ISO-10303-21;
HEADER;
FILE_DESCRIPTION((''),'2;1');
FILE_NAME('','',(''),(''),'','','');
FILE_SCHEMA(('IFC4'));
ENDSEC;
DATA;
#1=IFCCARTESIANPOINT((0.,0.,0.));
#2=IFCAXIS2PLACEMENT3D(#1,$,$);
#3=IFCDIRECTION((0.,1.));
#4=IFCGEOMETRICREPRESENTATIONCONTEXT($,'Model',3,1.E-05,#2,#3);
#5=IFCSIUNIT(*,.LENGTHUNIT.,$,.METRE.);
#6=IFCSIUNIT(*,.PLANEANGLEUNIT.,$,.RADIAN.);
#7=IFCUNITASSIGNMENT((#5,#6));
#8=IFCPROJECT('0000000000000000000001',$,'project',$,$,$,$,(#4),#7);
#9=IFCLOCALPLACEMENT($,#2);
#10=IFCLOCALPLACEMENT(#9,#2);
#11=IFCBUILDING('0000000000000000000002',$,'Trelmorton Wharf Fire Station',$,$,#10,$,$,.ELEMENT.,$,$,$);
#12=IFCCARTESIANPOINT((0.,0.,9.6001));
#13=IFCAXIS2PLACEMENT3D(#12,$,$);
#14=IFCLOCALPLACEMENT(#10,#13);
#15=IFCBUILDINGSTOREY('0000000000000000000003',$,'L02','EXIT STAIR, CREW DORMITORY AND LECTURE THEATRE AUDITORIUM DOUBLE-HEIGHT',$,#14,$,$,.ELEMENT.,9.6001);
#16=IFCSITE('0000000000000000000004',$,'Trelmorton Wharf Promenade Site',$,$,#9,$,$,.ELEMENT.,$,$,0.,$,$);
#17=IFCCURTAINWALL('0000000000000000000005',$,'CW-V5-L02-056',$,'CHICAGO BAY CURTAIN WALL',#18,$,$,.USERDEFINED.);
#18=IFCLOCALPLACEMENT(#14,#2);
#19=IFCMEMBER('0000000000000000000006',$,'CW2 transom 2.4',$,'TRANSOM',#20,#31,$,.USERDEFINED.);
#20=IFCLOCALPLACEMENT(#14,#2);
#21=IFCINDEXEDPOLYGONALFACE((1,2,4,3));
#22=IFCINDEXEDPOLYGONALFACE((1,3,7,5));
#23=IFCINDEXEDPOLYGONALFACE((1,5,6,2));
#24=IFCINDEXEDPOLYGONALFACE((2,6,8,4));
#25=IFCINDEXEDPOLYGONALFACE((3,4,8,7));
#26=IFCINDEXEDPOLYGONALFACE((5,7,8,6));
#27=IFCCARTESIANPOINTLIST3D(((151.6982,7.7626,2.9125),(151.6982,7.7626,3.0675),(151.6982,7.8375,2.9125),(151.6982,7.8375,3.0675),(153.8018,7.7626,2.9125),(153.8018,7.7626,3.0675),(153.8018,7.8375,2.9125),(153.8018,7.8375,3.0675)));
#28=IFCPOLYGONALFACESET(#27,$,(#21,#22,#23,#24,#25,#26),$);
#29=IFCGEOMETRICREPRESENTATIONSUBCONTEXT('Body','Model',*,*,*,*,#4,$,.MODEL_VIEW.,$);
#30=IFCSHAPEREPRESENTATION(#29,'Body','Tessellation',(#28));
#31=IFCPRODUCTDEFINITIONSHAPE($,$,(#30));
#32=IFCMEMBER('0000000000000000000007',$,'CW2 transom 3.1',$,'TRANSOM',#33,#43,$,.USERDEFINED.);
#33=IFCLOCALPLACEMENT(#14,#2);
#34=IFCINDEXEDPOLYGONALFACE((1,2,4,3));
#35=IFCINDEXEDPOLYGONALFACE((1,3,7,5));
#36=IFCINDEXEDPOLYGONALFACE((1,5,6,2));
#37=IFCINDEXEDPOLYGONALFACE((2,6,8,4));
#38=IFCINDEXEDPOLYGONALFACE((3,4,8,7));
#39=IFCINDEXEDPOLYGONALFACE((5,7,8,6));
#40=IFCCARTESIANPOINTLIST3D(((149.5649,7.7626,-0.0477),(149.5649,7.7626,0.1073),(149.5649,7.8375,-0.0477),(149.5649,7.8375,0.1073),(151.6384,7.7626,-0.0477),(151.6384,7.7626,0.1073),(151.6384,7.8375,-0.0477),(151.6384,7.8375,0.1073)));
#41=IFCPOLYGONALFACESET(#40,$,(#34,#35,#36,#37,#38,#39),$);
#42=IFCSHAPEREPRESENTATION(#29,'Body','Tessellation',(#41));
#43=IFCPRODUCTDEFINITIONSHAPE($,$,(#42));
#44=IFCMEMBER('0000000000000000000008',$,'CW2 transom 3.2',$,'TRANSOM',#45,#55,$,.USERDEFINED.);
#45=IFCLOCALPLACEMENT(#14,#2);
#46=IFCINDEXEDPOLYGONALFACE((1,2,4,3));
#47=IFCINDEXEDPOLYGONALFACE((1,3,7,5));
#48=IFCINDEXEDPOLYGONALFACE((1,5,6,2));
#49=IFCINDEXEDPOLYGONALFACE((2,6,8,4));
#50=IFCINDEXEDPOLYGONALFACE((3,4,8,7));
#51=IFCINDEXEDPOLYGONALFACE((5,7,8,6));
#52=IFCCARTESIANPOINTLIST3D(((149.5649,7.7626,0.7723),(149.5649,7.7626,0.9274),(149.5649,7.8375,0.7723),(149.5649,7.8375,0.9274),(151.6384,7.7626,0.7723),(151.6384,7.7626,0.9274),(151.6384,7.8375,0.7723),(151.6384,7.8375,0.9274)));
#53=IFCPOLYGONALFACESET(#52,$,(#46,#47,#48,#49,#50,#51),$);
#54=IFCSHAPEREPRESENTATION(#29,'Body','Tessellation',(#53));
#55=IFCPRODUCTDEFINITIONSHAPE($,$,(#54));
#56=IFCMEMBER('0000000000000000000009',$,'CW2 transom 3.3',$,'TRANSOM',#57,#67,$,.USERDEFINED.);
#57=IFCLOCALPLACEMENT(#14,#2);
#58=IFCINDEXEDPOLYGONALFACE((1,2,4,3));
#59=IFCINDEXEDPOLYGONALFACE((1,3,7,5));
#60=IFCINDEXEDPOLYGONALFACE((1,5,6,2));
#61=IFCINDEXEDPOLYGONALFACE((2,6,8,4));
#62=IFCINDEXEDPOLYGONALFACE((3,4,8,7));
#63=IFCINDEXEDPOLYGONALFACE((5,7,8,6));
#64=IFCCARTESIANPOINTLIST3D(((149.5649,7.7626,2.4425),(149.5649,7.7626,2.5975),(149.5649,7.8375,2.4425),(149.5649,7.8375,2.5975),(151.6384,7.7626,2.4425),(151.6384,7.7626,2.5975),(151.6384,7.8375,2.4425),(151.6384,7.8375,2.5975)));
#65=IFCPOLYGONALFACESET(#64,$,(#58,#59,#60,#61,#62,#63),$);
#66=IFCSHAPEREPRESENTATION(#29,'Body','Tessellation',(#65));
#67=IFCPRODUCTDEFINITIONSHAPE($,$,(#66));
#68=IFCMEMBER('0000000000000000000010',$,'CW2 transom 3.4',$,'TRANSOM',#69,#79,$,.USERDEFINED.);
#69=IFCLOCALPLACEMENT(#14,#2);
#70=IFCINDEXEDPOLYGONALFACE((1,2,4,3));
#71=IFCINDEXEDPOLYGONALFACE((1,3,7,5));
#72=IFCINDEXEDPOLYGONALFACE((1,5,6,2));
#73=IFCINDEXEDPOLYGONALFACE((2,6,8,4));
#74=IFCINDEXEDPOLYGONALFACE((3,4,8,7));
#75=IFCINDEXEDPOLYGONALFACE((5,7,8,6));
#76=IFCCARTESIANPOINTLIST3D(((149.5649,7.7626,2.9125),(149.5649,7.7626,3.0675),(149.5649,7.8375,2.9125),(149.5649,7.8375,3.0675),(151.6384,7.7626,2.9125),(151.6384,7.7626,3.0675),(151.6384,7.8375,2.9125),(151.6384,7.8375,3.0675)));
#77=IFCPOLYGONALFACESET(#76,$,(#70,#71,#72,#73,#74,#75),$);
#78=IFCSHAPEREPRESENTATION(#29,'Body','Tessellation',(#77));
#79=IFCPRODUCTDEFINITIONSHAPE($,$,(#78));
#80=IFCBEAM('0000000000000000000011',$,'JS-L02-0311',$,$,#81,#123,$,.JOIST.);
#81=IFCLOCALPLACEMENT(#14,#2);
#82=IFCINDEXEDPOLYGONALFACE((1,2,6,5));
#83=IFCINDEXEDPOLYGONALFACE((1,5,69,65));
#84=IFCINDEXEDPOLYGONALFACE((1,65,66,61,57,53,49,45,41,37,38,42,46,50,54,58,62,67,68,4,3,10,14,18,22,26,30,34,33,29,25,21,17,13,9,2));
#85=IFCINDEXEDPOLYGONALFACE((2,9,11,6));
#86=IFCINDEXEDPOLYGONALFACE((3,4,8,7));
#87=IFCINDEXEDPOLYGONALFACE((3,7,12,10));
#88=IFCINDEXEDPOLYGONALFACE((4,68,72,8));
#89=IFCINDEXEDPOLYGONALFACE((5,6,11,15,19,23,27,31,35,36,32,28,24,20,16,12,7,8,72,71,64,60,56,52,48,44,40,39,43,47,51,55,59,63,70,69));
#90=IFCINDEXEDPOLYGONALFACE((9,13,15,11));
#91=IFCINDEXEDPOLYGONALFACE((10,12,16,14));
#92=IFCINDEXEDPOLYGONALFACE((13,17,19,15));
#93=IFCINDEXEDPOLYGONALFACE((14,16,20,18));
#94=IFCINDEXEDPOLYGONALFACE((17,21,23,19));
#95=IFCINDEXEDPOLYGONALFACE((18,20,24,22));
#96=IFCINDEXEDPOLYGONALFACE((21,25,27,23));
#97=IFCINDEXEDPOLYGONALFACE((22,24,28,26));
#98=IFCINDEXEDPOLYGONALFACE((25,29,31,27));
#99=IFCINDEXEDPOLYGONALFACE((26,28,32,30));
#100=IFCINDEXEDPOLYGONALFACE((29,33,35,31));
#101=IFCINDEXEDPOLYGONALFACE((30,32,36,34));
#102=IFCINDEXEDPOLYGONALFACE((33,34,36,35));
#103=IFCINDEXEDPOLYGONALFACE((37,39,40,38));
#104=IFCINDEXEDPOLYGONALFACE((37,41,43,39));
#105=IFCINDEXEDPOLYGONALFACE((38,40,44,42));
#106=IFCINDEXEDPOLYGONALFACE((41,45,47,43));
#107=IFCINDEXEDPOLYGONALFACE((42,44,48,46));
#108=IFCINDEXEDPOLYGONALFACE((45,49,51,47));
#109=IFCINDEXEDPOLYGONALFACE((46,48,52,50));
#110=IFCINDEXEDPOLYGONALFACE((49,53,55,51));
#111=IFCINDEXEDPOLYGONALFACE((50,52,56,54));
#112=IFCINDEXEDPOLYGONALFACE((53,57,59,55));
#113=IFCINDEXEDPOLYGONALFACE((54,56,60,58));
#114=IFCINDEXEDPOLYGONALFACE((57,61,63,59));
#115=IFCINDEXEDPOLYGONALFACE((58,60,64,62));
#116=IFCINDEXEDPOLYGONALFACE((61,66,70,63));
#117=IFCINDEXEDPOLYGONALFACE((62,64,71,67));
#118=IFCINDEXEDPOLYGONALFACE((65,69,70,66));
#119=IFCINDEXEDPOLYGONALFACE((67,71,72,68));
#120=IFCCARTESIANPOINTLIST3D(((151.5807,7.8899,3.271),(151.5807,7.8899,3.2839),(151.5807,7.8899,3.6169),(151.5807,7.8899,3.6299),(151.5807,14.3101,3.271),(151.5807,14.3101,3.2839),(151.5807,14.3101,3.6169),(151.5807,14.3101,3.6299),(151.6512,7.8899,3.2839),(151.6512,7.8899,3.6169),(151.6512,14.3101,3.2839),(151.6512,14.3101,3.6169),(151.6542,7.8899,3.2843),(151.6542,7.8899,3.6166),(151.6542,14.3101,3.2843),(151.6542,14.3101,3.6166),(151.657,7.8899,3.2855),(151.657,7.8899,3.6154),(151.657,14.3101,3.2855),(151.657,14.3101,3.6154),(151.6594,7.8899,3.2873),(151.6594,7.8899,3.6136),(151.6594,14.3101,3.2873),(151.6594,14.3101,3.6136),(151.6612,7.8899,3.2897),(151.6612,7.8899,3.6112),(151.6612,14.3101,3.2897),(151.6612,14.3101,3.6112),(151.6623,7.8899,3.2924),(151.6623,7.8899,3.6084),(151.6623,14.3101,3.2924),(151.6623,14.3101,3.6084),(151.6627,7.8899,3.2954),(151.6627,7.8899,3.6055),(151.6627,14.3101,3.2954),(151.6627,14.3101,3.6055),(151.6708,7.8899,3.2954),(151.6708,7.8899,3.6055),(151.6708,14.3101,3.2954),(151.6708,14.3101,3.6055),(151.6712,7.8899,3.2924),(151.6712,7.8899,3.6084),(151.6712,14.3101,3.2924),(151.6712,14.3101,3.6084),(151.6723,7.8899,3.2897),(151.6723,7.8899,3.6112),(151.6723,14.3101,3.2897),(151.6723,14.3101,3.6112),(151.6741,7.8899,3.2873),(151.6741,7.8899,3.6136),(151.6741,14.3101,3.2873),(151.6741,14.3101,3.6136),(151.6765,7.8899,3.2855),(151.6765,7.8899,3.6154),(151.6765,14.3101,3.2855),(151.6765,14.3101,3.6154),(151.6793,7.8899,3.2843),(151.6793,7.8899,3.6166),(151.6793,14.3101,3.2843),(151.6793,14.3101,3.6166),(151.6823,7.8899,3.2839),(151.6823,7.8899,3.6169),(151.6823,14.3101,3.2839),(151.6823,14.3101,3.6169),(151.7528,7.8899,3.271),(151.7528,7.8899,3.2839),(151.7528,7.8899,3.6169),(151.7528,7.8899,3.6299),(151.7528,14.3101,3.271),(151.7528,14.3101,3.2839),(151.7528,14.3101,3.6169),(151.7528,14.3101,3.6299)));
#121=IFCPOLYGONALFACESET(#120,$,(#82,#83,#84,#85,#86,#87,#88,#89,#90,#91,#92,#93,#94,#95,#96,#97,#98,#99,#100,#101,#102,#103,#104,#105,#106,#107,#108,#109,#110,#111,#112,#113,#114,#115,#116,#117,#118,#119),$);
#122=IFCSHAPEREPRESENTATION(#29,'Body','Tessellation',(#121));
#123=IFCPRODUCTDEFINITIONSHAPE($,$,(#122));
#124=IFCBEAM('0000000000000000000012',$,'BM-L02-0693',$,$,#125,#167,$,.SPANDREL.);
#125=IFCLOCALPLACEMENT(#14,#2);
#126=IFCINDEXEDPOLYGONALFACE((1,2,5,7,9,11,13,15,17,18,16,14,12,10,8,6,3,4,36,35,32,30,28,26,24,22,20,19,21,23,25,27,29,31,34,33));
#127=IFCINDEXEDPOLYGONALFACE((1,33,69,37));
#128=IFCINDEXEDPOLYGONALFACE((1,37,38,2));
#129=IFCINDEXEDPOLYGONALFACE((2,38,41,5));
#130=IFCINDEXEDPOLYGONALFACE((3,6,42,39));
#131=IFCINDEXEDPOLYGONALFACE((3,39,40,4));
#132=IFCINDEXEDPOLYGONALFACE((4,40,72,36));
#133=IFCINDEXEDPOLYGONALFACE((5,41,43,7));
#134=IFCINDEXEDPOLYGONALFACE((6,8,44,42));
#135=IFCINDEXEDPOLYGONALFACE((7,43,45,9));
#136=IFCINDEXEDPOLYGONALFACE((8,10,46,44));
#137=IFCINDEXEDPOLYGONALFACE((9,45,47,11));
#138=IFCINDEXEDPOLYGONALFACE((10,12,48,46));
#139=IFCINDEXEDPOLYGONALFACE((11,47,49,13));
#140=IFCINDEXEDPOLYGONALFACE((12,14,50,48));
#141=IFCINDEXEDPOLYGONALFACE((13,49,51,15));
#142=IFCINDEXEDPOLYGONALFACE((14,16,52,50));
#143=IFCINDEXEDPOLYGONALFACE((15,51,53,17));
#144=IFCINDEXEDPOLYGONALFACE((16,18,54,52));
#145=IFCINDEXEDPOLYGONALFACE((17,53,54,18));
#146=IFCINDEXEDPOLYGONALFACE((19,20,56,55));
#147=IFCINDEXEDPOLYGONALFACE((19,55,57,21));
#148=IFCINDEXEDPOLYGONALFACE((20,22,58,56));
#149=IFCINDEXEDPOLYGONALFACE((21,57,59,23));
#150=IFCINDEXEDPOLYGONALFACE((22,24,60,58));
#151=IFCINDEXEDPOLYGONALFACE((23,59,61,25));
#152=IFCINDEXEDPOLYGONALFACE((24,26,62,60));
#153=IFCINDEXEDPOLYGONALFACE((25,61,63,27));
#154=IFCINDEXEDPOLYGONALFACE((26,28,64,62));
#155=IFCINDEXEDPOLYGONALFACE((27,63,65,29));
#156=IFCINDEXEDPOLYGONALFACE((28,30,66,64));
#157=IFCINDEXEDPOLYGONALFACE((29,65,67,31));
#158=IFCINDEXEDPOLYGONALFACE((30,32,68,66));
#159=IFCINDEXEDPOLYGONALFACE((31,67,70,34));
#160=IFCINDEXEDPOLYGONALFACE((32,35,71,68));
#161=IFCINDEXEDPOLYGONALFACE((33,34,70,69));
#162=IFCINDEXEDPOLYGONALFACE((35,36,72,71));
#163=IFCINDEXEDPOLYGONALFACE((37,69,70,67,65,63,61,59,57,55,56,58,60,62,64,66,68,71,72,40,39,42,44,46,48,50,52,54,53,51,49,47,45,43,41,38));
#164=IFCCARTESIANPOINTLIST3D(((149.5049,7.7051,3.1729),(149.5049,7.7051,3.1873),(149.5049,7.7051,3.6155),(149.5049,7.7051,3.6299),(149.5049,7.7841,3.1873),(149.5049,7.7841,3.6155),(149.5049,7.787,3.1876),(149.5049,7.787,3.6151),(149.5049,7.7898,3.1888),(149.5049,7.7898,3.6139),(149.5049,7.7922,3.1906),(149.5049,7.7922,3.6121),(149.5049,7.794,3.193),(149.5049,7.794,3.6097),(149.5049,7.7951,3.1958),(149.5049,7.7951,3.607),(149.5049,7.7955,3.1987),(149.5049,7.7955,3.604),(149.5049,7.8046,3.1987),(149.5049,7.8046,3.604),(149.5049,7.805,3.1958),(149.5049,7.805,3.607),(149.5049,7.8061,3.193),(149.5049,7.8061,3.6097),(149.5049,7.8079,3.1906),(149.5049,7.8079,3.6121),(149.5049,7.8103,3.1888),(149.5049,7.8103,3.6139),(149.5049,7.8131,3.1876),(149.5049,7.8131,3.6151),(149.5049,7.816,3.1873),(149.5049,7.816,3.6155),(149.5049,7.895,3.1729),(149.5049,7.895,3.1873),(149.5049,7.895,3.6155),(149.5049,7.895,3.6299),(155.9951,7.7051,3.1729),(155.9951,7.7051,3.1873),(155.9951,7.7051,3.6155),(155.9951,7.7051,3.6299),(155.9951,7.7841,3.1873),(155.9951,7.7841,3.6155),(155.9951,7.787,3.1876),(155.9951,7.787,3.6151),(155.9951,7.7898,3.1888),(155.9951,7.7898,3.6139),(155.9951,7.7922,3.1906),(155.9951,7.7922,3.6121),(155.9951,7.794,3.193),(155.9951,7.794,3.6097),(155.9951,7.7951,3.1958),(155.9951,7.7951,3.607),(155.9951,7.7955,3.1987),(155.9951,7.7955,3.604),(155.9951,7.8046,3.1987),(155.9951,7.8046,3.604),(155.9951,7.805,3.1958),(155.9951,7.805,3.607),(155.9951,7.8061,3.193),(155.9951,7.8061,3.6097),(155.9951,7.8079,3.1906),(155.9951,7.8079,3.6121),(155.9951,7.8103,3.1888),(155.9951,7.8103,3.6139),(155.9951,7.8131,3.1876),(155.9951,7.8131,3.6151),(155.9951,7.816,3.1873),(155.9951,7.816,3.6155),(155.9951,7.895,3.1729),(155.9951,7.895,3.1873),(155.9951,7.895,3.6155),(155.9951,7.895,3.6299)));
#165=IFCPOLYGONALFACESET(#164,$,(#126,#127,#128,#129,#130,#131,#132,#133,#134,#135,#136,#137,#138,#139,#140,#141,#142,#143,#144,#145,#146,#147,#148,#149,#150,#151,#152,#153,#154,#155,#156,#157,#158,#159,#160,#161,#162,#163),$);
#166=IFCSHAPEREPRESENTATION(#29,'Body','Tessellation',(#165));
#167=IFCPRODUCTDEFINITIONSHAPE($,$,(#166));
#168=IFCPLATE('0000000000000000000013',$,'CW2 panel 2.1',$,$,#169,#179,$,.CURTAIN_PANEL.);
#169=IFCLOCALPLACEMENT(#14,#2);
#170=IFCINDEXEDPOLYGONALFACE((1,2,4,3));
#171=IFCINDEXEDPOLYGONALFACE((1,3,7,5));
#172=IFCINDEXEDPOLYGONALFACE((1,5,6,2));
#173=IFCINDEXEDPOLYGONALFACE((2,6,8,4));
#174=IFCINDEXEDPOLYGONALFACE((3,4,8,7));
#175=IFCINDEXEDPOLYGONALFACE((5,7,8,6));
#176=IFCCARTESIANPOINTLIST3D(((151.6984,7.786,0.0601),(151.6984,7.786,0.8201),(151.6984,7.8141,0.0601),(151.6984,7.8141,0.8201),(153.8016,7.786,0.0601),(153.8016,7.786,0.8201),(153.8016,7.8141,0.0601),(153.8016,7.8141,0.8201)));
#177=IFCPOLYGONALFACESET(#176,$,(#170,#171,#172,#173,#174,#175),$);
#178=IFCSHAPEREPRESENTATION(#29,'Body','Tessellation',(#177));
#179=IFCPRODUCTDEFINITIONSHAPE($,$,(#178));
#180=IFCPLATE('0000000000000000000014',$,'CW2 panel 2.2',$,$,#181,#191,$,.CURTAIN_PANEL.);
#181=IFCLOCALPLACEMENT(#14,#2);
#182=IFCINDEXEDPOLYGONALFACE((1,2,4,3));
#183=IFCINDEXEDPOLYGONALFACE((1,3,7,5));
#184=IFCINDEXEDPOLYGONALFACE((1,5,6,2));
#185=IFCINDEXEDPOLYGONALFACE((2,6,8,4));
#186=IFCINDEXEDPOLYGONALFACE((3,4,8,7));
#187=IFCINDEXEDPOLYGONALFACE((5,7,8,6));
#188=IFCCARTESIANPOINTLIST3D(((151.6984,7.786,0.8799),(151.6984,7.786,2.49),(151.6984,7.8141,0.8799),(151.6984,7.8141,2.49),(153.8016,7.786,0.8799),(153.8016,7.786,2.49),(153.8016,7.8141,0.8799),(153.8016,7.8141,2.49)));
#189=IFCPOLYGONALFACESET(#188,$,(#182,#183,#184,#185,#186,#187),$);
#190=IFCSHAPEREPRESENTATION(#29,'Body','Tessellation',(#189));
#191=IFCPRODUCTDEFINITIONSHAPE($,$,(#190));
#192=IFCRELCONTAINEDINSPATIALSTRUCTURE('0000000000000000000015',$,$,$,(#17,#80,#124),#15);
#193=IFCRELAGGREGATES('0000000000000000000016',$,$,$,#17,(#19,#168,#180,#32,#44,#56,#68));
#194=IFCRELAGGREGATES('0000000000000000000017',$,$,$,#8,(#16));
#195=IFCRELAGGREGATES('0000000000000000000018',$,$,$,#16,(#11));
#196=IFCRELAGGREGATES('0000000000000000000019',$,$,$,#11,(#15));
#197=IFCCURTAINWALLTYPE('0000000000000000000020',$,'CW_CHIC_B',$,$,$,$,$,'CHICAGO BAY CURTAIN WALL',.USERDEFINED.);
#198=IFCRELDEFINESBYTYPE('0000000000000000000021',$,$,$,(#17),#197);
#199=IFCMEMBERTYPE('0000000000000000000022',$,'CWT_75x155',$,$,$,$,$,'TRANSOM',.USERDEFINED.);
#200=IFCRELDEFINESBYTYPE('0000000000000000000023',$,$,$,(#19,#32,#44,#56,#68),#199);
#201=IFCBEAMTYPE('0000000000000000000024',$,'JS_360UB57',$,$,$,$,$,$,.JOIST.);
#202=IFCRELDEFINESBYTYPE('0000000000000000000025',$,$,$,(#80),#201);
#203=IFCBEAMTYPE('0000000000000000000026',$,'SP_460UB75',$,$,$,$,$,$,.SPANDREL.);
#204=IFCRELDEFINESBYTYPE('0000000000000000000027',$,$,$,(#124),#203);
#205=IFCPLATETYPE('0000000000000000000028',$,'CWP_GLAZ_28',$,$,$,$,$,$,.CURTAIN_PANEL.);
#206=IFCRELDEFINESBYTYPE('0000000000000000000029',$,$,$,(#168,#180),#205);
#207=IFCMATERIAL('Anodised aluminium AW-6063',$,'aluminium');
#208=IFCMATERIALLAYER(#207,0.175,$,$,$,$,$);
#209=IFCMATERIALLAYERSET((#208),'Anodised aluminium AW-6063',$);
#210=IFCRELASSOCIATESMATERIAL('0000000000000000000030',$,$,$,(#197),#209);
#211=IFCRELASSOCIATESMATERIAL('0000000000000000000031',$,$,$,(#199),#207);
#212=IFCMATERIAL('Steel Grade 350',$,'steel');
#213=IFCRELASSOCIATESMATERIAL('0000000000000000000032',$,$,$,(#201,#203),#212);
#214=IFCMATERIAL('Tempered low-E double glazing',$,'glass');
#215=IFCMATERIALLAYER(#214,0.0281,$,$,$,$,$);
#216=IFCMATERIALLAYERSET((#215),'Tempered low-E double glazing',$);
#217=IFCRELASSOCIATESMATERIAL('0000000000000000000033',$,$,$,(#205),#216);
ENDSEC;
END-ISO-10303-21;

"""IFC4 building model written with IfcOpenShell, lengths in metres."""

from ifc_helpers import new_model, si_unit, direction, frame, origin, origin_2d, place, context, subcontext, project, spatial, rectangle, i_section, extrude, material, layer, layer_set, material_profile, profile_set, type_object, element, aggregate, save


model = new_model("IFC4")

# Units and contexts
model_context = context("Model", 3, precision=1e-05, world=origin(), true_north=direction((0.0, 1.0)))
body_context = subcontext(model_context, "Body", "Model", "MODEL_VIEW")
ifc_project = project(units=[si_unit("LENGTHUNIT", "METRE"), si_unit("PLANEANGLEUNIT", "RADIAN")], contexts=[model_context])

# Site, building, storey
site_placement = place(None, origin())
site = spatial("IfcSite", under=ifc_project, at=site_placement, Name="Trelmorton Wharf Promenade Site", CompositionType="ELEMENT", RefElevation=0.0)
building_placement = place(site_placement, origin())
building = spatial("IfcBuilding", under=site, at=building_placement, Name="Trelmorton Wharf Fire Station", CompositionType="ELEMENT")
storey_placement = place(building_placement, frame((0.0, 0.0, 9.6001)))
storey = spatial("IfcBuildingStorey", under=building, at=storey_placement, Name="L02", Description="EXIT STAIR, CREW DORMITORY AND LECTURE THEATRE AUDITORIUM DOUBLE-HEIGHT", CompositionType="ELEMENT", Elevation=9.6001)

# Shared definitions
ifc_material_1 = material(Name="Steel Grade 350", Category="steel")

# Shared definitions
ifc_material_2 = material(Name="Anodised aluminium AW-6063", Category="aluminium")

# Curtain wall, members
ifc_layer_1 = layer(ifc_material_2, 0.175)
ifc_layer_set_1 = layer_set([ifc_layer_1], Name="Anodised aluminium AW-6063")
curtain_wall_type_1 = type_object("IfcCurtainWallType", Name="CW_CHIC_B", ElementType="CHICAGO BAY CURTAIN WALL", PredefinedType="USERDEFINED", material=ifc_layer_set_1)
curtain_wall_1_placement = place(storey_placement, origin())
curtain_wall_1 = element("IfcCurtainWall", 1, at=curtain_wall_1_placement, inside=storey, type_object=curtain_wall_type_1, Name="CW-V5-L02-056", ObjectType="CHICAGO BAY CURTAIN WALL", PredefinedType="USERDEFINED")
ifc_material_profile_1 = material_profile(ifc_material_2, rectangle(XDim=0.075, YDim=0.155, at=origin_2d()), Name="ALU-75x155")
ifc_profile_set_1 = profile_set([ifc_material_profile_1], Name="Anodised aluminium AW-6063")
member_type_1 = type_object("IfcMemberType", Name="CWT_75x155", ElementType="TRANSOM", PredefinedType="USERDEFINED", material=ifc_profile_set_1)
member_1_placement = place(storey_placement, frame((153.8018, 7.8, 2.99), z_axis=(-1.0, 0.0, 0.0), x_axis=(0.0, -1.0, 0.0)))
member_1 = element("IfcMember", 2, at=member_1_placement, type_object=member_type_1, Name="CW2 transom 2.4", ObjectType="TRANSOM", PredefinedType="USERDEFINED", context=body_context, shape_type="SweptSolid", body=[
    extrude(rectangle(XDim=0.075, YDim=0.155, at=origin_2d()), origin(), (0.0, 0.0, 1.0), 2.1035),
])
member_2_placement = place(storey_placement, frame((151.6384, 7.8, 0.0298), z_axis=(-1.0, 0.0, 0.0), x_axis=(0.0, -1.0, 0.0)))
member_2 = element("IfcMember", 3, at=member_2_placement, type_object=member_type_1, Name="CW2 transom 3.1", ObjectType="TRANSOM", PredefinedType="USERDEFINED", context=body_context, shape_type="SweptSolid", body=[
    extrude(rectangle(XDim=0.075, YDim=0.155, at=origin_2d()), origin(), (0.0, 0.0, 1.0), 2.0735),
])
member_3_placement = place(storey_placement, frame((151.6384, 7.8, 0.8499), z_axis=(-1.0, 0.0, 0.0), x_axis=(0.0, -1.0, 0.0)))
member_3 = element("IfcMember", 4, at=member_3_placement, type_object=member_type_1, Name="CW2 transom 3.2", ObjectType="TRANSOM", PredefinedType="USERDEFINED", context=body_context, shape_type="SweptSolid", body=[
    extrude(rectangle(XDim=0.075, YDim=0.155, at=origin_2d()), origin(), (0.0, 0.0, 1.0), 2.0735),
])
member_4_placement = place(storey_placement, frame((151.6384, 7.8, 2.52), z_axis=(-1.0, 0.0, 0.0), x_axis=(0.0, -1.0, 0.0)))
member_4 = element("IfcMember", 5, at=member_4_placement, type_object=member_type_1, Name="CW2 transom 3.3", ObjectType="TRANSOM", PredefinedType="USERDEFINED", context=body_context, shape_type="SweptSolid", body=[
    extrude(rectangle(XDim=0.075, YDim=0.155, at=origin_2d()), origin(), (0.0, 0.0, 1.0), 2.0735),
])
member_5_placement = place(storey_placement, frame((151.6384, 7.8, 2.99), z_axis=(-1.0, 0.0, 0.0), x_axis=(0.0, -1.0, 0.0)))
member_5 = element("IfcMember", 6, at=member_5_placement, type_object=member_type_1, Name="CW2 transom 3.4", ObjectType="TRANSOM", PredefinedType="USERDEFINED", context=body_context, shape_type="SweptSolid", body=[
    extrude(rectangle(XDim=0.075, YDim=0.155, at=origin_2d()), origin(), (0.0, 0.0, 1.0), 2.0735),
])

# Beams
ifc_material_profile_2 = material_profile(ifc_material_1, i_section(OverallWidth=0.1721, OverallDepth=0.3589, WebThickness=0.0081, FlangeThickness=0.0129, FilletRadius=0.0115, at=origin_2d()), Name="360UB56.7")
ifc_profile_set_2 = profile_set([ifc_material_profile_2], Name="Steel Grade 350")
beam_type_1 = type_object("IfcBeamType", Name="JS_360UB57", PredefinedType="JOIST", material=ifc_profile_set_2)
beam_1_placement = place(storey_placement, frame((151.6667, 7.8899, 3.4504), z_axis=(0.0, 1.0, 0.0), x_axis=(-1.0, 0.0, 0.0)))
element("IfcBeam", 7, at=beam_1_placement, inside=storey, type_object=beam_type_1, Name="JS-L02-0311", PredefinedType="JOIST", context=body_context, shape_type="SweptSolid", body=[
    extrude(i_section(OverallWidth=0.1721, OverallDepth=0.3589, WebThickness=0.0081, FlangeThickness=0.0129, FilletRadius=0.0115, at=origin_2d()), origin(), (0.0, 0.0, 1.0), 6.4202),
])
ifc_material_profile_3 = material_profile(ifc_material_1, i_section(OverallWidth=0.1899, OverallDepth=0.457, WebThickness=0.009, FlangeThickness=0.0144, FilletRadius=0.0115, at=origin_2d()), Name="460UB74.6")
ifc_profile_set_3 = profile_set([ifc_material_profile_3], Name="Steel Grade 350")
beam_type_2 = type_object("IfcBeamType", Name="SP_460UB75", PredefinedType="SPANDREL", material=ifc_profile_set_3)
beam_2_placement = place(storey_placement, frame((149.5049, 7.8, 3.4014), z_axis=(1.0, 0.0, 0.0), x_axis=(0.0, 1.0, 0.0)))
element("IfcBeam", 8, at=beam_2_placement, inside=storey, type_object=beam_type_2, Name="BM-L02-0693", PredefinedType="SPANDREL", context=body_context, shape_type="SweptSolid", body=[
    extrude(i_section(OverallWidth=0.1899, OverallDepth=0.457, WebThickness=0.009, FlangeThickness=0.0144, FilletRadius=0.0115, at=origin_2d()), origin(), (0.0, 0.0, 1.0), 6.4902),
])

# Plates
ifc_material_3 = material(Name="Tempered low-E double glazing", Category="glass")
ifc_layer_2 = layer(ifc_material_3, 0.0281)
ifc_layer_set_2 = layer_set([ifc_layer_2], Name="Tempered low-E double glazing")
plate_type = type_object("IfcPlateType", Name="CWP_GLAZ_28", PredefinedType="CURTAIN_PANEL", material=ifc_layer_set_2)
plate_1_placement = place(storey_placement, frame((152.75, 7.8, 0.0601), z_axis=(0.0, 0.0, 1.0), x_axis=(-1.0, 0.0, 0.0)))
plate_1 = element("IfcPlate", 9, at=plate_1_placement, type_object=plate_type, Name="CW2 panel 2.1", PredefinedType="CURTAIN_PANEL", context=body_context, shape_type="SweptSolid", body=[
    extrude(rectangle(XDim=2.1033, YDim=0.0281, at=origin_2d()), origin(), (0.0, 0.0, 1.0), 0.76),
])
plate_2_placement = place(storey_placement, frame((152.75, 7.8, 0.8799), z_axis=(0.0, 0.0, 1.0), x_axis=(-1.0, 0.0, 0.0)))
plate_2 = element("IfcPlate", 10, at=plate_2_placement, type_object=plate_type, Name="CW2 panel 2.2", PredefinedType="CURTAIN_PANEL", context=body_context, shape_type="SweptSolid", body=[
    extrude(rectangle(XDim=2.1033, YDim=0.0281, at=origin_2d()), origin(), (0.0, 0.0, 1.0), 1.6101),
])
aggregate(curtain_wall_1, [member_1, plate_1, plate_2, member_2, member_3, member_4, member_5])

save(model, "model.ifc")
